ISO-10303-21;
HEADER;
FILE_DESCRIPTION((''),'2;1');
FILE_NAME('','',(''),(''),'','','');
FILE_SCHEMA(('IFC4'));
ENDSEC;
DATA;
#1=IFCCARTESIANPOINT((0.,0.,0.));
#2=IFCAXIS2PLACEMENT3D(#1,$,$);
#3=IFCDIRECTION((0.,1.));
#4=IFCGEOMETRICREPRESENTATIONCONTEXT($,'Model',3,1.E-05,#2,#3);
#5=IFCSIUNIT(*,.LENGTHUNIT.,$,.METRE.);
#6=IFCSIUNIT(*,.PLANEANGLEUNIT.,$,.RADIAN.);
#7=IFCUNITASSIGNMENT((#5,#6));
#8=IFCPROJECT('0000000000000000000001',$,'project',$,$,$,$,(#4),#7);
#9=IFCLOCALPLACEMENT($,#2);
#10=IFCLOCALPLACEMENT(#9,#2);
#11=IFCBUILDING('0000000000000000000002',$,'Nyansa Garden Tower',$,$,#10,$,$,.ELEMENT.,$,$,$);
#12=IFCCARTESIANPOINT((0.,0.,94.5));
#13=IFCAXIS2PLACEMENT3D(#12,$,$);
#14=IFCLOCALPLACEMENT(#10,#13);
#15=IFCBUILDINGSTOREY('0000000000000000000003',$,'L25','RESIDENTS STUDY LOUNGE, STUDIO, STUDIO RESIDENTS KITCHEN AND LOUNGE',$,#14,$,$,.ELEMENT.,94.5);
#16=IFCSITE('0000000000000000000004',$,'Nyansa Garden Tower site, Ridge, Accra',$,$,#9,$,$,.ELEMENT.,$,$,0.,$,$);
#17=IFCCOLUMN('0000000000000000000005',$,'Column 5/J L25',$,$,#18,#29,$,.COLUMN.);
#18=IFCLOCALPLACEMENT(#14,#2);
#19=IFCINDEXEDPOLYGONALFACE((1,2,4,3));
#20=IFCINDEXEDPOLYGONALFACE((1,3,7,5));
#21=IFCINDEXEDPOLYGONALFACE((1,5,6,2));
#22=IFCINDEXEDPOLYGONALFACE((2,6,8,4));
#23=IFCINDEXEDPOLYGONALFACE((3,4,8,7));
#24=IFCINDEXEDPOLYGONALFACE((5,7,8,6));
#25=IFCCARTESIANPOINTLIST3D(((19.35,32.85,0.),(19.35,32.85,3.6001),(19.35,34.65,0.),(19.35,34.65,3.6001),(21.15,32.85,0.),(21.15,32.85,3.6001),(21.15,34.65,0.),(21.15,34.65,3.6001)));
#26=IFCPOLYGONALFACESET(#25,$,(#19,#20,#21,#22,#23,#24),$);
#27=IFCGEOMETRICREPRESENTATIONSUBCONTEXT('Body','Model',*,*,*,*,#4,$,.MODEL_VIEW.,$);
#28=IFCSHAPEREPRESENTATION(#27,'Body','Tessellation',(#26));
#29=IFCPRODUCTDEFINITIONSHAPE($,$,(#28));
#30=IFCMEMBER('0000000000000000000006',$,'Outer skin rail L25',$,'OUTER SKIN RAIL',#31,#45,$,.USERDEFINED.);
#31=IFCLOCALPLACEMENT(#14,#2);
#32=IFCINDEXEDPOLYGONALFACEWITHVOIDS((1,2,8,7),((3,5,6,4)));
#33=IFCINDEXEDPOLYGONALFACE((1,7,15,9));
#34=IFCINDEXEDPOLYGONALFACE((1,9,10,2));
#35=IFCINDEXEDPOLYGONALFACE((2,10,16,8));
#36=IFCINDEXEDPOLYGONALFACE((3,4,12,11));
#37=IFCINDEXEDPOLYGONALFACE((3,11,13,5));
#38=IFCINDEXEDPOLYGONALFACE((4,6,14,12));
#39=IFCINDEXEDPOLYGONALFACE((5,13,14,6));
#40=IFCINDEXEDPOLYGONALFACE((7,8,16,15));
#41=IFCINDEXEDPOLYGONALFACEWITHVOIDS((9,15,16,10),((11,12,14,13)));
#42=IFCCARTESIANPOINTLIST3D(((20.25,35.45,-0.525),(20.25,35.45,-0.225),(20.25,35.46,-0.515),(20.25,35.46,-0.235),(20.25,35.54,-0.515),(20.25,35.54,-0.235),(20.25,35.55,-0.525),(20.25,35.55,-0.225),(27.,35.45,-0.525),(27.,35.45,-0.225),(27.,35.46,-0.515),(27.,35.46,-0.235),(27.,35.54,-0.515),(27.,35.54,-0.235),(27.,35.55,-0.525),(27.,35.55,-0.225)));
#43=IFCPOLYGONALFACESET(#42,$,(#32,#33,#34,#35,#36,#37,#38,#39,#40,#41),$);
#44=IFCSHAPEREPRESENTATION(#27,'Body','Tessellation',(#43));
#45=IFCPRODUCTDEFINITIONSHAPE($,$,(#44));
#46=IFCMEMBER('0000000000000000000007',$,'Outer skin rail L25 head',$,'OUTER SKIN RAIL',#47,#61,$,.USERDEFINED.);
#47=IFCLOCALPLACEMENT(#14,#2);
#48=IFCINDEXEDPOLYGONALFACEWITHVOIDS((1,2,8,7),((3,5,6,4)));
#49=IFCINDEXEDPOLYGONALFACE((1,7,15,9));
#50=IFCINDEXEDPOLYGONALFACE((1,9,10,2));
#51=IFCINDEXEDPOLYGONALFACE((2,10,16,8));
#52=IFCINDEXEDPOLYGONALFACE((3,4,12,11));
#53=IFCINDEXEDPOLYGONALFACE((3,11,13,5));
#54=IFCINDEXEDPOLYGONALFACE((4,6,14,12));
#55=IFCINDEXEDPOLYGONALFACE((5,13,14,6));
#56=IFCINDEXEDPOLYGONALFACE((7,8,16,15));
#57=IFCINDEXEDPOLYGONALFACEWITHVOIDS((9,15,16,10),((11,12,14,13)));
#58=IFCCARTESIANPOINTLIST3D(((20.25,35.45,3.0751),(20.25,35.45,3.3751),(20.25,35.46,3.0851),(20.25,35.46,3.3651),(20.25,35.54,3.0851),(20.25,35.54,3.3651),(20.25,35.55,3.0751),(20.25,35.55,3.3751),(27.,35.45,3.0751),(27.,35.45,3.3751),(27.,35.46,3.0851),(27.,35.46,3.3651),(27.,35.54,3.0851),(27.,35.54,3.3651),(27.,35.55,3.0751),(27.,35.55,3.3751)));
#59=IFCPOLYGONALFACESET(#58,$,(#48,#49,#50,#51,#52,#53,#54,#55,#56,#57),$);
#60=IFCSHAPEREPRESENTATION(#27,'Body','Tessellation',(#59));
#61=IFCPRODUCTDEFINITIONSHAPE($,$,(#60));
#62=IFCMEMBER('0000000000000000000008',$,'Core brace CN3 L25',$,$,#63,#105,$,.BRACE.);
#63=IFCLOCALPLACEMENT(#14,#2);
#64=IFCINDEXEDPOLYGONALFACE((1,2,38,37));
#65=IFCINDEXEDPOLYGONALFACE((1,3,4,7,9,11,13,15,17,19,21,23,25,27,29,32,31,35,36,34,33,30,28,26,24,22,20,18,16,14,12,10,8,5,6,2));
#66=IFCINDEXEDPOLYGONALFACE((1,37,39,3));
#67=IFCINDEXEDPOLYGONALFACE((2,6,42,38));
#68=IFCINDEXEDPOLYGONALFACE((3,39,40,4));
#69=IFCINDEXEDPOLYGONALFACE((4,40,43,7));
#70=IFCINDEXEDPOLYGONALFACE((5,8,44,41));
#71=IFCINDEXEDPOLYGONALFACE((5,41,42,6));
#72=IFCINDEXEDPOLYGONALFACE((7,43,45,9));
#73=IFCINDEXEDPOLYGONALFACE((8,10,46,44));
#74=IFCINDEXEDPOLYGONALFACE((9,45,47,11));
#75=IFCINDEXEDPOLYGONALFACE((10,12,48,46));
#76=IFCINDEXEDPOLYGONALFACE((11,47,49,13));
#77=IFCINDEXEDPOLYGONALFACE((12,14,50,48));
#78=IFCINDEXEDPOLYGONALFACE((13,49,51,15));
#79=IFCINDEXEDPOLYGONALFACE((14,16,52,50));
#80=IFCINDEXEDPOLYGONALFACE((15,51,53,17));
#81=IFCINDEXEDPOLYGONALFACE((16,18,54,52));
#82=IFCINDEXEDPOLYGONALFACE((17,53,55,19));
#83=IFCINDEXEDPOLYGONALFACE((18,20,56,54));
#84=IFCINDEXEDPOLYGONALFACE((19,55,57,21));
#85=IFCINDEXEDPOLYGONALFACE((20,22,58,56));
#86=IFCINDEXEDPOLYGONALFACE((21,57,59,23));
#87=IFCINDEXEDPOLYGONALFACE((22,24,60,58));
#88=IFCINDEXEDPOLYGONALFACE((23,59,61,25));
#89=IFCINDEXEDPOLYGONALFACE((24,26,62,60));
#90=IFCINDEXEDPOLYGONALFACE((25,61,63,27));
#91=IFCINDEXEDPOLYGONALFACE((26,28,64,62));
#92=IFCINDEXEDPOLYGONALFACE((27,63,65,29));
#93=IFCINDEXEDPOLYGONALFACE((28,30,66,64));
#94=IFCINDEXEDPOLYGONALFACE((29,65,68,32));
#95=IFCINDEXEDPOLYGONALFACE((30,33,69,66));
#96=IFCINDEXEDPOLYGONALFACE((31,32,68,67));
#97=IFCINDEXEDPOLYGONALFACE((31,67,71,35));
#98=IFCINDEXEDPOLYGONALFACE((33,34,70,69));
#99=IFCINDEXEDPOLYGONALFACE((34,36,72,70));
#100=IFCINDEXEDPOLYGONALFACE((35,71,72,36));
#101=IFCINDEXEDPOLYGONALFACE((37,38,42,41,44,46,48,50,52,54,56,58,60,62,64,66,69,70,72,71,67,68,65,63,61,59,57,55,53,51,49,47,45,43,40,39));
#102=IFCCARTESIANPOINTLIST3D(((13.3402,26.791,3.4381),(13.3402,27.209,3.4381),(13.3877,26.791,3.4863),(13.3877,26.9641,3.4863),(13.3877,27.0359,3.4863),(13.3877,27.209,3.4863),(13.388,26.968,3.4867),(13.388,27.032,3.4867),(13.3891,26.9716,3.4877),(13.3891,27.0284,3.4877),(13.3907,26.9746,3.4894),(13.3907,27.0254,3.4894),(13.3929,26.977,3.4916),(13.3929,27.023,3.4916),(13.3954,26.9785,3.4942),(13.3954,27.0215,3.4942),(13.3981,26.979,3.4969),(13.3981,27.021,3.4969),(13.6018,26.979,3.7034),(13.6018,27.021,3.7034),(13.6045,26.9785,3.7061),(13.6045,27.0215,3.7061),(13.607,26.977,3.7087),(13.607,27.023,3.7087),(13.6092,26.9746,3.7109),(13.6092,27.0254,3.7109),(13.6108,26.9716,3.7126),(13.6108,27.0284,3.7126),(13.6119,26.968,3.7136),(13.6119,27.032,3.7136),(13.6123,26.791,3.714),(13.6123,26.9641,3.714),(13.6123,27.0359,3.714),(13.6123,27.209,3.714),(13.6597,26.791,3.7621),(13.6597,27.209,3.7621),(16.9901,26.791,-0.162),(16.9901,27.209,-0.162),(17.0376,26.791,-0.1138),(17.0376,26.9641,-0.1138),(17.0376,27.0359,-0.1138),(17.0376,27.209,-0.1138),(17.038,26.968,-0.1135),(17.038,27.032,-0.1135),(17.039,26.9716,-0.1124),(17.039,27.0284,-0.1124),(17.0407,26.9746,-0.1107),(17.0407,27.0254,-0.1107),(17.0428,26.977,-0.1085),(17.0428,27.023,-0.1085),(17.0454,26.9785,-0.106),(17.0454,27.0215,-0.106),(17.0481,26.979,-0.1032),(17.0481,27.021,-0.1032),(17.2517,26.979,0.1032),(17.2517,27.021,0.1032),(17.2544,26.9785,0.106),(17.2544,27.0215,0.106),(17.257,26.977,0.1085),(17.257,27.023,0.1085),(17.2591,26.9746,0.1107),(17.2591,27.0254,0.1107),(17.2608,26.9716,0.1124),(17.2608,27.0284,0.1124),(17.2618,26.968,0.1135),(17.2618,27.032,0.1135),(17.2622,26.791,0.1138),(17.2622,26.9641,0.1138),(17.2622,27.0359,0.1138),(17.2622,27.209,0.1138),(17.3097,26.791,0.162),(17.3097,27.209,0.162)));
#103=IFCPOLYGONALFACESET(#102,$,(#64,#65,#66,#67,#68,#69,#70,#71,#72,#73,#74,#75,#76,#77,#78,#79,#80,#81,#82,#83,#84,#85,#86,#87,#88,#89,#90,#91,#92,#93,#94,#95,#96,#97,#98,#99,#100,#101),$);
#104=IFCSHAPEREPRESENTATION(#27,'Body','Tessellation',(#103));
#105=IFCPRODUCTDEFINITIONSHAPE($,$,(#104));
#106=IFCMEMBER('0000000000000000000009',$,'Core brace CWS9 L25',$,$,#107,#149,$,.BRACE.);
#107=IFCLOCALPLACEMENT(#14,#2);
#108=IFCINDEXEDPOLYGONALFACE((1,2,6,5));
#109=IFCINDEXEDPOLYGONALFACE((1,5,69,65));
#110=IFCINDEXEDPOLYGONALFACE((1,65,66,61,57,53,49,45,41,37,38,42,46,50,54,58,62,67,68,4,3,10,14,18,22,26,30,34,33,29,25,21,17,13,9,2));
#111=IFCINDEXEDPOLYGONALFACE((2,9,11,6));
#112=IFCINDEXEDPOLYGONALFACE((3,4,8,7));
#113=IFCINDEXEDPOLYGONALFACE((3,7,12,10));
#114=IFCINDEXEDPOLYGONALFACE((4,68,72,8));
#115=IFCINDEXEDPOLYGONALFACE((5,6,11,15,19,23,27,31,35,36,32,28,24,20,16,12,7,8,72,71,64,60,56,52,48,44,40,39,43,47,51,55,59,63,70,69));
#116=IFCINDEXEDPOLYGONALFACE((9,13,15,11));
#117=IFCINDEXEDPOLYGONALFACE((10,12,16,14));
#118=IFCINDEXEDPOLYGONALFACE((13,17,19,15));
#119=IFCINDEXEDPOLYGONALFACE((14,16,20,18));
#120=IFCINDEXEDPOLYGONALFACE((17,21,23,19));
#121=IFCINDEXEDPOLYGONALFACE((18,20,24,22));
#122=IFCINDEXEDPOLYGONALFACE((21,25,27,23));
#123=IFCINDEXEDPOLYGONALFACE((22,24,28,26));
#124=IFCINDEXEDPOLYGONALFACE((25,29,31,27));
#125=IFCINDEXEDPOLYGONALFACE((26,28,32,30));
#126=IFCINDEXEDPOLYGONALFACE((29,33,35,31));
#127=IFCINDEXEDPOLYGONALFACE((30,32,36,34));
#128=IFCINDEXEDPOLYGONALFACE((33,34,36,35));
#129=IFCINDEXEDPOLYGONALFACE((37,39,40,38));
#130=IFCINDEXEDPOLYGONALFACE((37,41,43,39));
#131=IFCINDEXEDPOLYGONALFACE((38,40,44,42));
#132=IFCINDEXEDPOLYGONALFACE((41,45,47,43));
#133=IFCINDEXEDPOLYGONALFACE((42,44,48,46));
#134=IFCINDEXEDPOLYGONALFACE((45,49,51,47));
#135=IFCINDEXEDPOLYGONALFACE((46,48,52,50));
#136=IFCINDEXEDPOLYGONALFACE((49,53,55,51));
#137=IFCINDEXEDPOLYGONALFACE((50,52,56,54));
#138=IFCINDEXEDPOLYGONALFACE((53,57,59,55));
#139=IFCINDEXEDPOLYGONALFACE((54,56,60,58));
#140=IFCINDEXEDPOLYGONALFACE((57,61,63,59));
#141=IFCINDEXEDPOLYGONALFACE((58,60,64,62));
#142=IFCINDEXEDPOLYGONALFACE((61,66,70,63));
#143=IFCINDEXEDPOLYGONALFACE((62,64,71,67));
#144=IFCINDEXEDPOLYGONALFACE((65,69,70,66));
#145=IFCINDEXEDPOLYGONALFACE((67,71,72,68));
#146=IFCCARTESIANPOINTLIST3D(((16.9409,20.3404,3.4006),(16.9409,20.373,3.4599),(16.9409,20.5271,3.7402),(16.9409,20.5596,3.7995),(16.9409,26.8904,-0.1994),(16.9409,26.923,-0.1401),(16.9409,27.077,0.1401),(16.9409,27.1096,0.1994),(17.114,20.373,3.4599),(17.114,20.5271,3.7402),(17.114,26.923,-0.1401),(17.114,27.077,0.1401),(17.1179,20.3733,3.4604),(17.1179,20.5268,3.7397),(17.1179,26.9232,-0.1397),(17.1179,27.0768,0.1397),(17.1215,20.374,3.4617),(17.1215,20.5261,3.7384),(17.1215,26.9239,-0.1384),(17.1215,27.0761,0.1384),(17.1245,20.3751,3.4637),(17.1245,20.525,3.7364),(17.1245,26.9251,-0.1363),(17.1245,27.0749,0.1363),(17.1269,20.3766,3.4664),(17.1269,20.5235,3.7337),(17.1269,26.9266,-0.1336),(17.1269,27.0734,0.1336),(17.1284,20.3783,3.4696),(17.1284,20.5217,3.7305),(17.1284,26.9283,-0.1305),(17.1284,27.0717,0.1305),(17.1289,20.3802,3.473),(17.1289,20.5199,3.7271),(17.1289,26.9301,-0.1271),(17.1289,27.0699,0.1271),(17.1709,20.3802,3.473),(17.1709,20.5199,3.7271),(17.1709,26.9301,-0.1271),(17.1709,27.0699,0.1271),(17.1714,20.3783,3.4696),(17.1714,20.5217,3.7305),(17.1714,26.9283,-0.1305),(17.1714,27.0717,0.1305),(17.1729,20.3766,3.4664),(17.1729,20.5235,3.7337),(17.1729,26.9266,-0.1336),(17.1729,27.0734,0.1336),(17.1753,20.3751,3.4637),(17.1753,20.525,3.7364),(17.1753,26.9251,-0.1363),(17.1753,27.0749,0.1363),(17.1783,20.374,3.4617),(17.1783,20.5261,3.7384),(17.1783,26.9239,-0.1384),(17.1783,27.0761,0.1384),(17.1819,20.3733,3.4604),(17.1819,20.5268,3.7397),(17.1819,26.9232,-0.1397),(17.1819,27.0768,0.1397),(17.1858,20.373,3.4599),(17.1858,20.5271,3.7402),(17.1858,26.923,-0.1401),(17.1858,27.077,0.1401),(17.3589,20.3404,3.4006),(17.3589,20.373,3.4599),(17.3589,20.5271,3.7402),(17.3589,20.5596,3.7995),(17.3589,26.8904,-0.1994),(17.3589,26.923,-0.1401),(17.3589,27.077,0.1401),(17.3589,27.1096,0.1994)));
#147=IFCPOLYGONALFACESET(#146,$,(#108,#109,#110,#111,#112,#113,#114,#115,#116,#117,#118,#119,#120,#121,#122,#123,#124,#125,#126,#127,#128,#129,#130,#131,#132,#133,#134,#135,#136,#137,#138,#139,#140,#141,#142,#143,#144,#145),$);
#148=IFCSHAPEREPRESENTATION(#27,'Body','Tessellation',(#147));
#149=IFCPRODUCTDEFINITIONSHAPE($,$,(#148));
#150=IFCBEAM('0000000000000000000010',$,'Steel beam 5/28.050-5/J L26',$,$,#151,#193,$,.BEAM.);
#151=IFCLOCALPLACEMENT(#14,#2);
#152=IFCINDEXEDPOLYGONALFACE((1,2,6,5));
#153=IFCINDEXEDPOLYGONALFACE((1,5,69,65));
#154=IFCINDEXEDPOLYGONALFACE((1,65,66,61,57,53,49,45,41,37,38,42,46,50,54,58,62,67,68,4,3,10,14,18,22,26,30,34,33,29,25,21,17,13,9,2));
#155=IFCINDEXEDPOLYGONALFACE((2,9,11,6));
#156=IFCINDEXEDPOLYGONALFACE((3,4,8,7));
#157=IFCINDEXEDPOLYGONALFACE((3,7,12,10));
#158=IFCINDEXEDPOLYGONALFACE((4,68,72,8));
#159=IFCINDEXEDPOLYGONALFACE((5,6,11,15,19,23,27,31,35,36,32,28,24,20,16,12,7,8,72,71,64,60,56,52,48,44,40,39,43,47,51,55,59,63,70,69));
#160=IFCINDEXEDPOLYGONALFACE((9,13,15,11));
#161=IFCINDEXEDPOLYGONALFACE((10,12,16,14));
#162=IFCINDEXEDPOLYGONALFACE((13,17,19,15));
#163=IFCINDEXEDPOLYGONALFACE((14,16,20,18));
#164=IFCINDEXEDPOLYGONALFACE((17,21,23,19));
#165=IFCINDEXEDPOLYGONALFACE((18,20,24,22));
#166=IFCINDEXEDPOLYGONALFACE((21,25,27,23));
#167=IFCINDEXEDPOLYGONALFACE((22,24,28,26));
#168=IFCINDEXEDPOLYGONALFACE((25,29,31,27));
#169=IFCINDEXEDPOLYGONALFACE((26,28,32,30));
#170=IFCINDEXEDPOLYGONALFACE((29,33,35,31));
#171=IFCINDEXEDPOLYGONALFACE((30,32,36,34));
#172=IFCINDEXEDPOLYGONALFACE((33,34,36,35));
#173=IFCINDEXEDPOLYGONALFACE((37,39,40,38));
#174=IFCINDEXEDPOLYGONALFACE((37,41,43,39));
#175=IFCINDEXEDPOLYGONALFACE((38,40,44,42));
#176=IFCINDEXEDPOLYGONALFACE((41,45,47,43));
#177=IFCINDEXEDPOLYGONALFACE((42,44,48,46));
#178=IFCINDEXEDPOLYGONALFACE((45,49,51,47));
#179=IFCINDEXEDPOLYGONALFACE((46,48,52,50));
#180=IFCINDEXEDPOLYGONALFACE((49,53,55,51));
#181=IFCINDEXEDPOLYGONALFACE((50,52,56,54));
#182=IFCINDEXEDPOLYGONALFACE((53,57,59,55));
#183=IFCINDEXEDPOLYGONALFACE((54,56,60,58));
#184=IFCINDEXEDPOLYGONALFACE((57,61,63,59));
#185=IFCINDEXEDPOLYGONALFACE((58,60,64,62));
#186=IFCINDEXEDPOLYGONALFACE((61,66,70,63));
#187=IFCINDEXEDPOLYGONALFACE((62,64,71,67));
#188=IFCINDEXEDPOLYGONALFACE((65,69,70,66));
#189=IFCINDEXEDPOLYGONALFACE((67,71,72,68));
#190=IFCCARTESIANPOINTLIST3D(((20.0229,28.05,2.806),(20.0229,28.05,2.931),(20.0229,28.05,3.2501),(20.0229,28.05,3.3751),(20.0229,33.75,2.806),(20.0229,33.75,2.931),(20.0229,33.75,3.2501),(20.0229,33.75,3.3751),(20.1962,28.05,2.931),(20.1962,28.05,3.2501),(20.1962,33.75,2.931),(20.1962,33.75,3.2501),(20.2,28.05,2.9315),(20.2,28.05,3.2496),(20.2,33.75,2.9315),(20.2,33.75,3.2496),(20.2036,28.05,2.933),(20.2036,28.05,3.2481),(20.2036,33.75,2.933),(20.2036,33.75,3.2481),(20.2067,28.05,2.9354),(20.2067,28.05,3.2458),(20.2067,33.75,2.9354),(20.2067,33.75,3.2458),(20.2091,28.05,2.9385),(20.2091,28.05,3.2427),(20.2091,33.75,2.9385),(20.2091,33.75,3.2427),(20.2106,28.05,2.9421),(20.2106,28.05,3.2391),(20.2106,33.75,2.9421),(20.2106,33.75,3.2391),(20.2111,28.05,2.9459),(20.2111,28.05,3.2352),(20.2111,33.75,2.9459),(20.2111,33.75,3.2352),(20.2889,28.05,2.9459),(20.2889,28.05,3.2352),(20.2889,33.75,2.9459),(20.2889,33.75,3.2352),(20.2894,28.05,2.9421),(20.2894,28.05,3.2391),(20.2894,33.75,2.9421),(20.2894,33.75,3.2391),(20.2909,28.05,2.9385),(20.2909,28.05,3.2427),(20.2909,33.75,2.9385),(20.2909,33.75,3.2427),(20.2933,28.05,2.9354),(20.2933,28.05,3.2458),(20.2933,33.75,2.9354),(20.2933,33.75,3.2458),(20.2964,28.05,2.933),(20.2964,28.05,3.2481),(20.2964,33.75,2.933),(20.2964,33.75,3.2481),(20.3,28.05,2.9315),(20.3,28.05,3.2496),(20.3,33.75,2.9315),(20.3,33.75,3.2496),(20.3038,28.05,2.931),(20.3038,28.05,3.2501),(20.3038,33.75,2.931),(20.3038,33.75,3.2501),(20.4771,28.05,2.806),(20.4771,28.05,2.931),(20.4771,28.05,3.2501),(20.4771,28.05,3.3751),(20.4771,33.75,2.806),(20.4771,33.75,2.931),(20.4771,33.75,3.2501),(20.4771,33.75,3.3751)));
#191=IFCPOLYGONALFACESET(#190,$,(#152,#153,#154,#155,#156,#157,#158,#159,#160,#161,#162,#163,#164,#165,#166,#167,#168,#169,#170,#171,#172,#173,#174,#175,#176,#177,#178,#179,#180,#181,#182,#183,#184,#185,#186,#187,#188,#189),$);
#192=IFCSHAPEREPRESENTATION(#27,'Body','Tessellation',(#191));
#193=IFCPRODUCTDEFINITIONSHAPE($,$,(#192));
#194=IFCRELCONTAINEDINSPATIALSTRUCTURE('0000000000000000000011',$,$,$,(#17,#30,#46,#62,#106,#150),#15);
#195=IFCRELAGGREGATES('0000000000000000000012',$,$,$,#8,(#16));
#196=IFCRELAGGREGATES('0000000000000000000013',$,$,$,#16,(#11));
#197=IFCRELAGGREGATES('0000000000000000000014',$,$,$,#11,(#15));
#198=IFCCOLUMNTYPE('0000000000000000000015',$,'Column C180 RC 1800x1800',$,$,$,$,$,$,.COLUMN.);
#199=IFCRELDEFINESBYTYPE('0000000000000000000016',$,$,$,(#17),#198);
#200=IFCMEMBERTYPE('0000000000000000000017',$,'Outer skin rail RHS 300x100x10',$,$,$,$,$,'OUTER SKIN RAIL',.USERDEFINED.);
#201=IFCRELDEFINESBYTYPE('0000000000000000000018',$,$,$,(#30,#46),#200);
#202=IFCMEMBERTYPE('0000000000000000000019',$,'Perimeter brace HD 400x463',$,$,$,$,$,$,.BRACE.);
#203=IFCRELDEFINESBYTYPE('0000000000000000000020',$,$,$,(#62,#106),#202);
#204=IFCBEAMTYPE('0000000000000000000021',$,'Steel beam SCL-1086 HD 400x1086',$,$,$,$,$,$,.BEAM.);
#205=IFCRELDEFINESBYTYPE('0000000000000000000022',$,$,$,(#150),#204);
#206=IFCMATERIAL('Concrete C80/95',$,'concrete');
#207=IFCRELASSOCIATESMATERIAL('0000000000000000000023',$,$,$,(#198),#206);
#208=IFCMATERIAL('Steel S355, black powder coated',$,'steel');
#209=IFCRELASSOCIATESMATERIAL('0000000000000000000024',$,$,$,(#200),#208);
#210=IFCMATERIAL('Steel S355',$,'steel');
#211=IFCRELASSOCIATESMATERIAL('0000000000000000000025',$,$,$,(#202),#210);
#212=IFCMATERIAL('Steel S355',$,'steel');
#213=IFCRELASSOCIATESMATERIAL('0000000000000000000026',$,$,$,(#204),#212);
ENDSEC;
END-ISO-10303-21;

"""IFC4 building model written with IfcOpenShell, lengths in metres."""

from ifc_helpers import new_model, si_unit, direction, frame, origin, origin_2d, place, context, subcontext, project, spatial, rectangle, hollow_rectangle, i_section, extrude, material, material_profile, profile_set, type_object, element, save


model = new_model("IFC4")

# Units and contexts
model_context = context("Model", 3, precision=1e-05, world=origin(), true_north=direction((0.0, 1.0)))
body_context = subcontext(model_context, "Body", "Model", "MODEL_VIEW")
ifc_project = project(units=[si_unit("LENGTHUNIT", "METRE"), si_unit("PLANEANGLEUNIT", "RADIAN")], contexts=[model_context])

# Site, building, storey
site_placement = place(None, origin())
site = spatial("IfcSite", under=ifc_project, at=site_placement, Name="Nyansa Garden Tower site, Ridge, Accra", CompositionType="ELEMENT", RefElevation=0.0)
building_placement = place(site_placement, origin())
building = spatial("IfcBuilding", under=site, at=building_placement, Name="Nyansa Garden Tower", CompositionType="ELEMENT")
storey_placement = place(building_placement, frame((0.0, 0.0, 94.5)))
storey = spatial("IfcBuildingStorey", under=building, at=storey_placement, Name="L25", Description="RESIDENTS STUDY LOUNGE, STUDIO, STUDIO RESIDENTS KITCHEN AND LOUNGE", CompositionType="ELEMENT", Elevation=94.5)

# Column
ifc_material_1 = material(Name="Concrete C80/95", Category="concrete")
ifc_material_profile_1 = material_profile(ifc_material_1, rectangle(XDim=1.8, YDim=1.8, at=origin_2d()), Name="RC 1800x1800")
ifc_profile_set_1 = profile_set([ifc_material_profile_1], Name="Concrete C80/95")
column_type = type_object("IfcColumnType", Name="Column C180 RC 1800x1800", PredefinedType="COLUMN", material=ifc_profile_set_1)
column_placement = place(storey_placement, frame((20.25, 33.75, 0.0), z_axis=(0.0, 0.0, 1.0), x_axis=(1.0, 0.0, 0.0)))
element("IfcColumn", 1, at=column_placement, inside=storey, type_object=column_type, Name="Column 5/J L25", PredefinedType="COLUMN", context=body_context, shape_type="SweptSolid", body=[
    extrude(rectangle(XDim=1.8, YDim=1.8, at=origin_2d()), origin(), (0.0, 0.0, 1.0), 3.6001),
])

# Members
ifc_material_2 = material(Name="Steel S355, black powder coated", Category="steel")
ifc_material_profile_2 = material_profile(ifc_material_2, hollow_rectangle(XDim=0.1001, YDim=0.3, WallThickness=0.01, at=origin_2d()), Name="RHS 300x100x10")
ifc_profile_set_2 = profile_set([ifc_material_profile_2], Name="Steel S355, black powder coated")
member_type_1 = type_object("IfcMemberType", Name="Outer skin rail RHS 300x100x10", ElementType="OUTER SKIN RAIL", PredefinedType="USERDEFINED", material=ifc_profile_set_2)
for number, where, z_axis, x_axis, name in (
    (2, (20.25, 35.5, -0.375), (1.0, 0.0, 0.0), (0.0, 1.0, 0.0), "Outer skin rail L25"),
    (3, (20.25, 35.5, 3.2251), (1.0, 0.0, 0.0), (0.0, 1.0, 0.0), "Outer skin rail L25 head"),
):
    element("IfcMember", number, at=place(storey_placement, frame(where, z_axis=z_axis, x_axis=x_axis)), inside=storey, type_object=member_type_1, Name=name, ObjectType="OUTER SKIN RAIL", PredefinedType="USERDEFINED", context=body_context, shape_type="SweptSolid", body=[
        extrude(hollow_rectangle(XDim=0.1001, YDim=0.3, WallThickness=0.01, at=origin_2d()), origin(), (0.0, 0.0, 1.0), 6.75),
    ])
ifc_material_3 = material(Name="Steel S355", Category="steel")
ifc_material_profile_3 = material_profile(ifc_material_3, i_section(OverallWidth=0.418, OverallDepth=0.4551, WebThickness=0.042, FlangeThickness=0.0676, FilletRadius=0.0149, at=origin_2d()), Name="HD 400x463")
ifc_profile_set_3 = profile_set([ifc_material_profile_3], Name="Steel S355")
member_type_2 = type_object("IfcMemberType", Name="Perimeter brace HD 400x463", PredefinedType="BRACE", material=ifc_profile_set_3)
member_1_placement = place(storey_placement, frame((17.1499, 27.0, 0.0), z_axis=(-0.711948, 0.0, 0.702233), x_axis=(0.0, -1.0, 0.0)))
element("IfcMember", 4, at=member_1_placement, inside=storey, type_object=member_type_2, Name="Core brace CN3 L25", PredefinedType="BRACE", context=body_context, shape_type="SweptSolid", body=[
    extrude(i_section(OverallWidth=0.418, OverallDepth=0.4551, WebThickness=0.042, FlangeThickness=0.0676, FilletRadius=0.0149, at=origin_2d()), origin(), (0.0, 0.0, 1.0), 5.1267),
])
member_2_placement = place(storey_placement, frame((17.1499, 27.0, 0.0), z_axis=(0.0, -0.876353, 0.481669), x_axis=(1.0, 0.0, 0.0)))
element("IfcMember", 5, at=member_2_placement, inside=storey, type_object=member_type_2, Name="Core brace CWS9 L25", PredefinedType="BRACE", context=body_context, shape_type="SweptSolid", body=[
    extrude(i_section(OverallWidth=0.418, OverallDepth=0.4551, WebThickness=0.042, FlangeThickness=0.0676, FilletRadius=0.0149, at=origin_2d()), origin(), (0.0, 0.0, 1.0), 7.4741),
])

# Beam
ifc_material_4 = material(Name="Steel S355", Category="steel")
ifc_material_profile_4 = material_profile(ifc_material_4, i_section(OverallWidth=0.4541, OverallDepth=0.5691, WebThickness=0.0779, FlangeThickness=0.125, FilletRadius=0.0149, at=origin_2d()), Name="HD 400x1086")
ifc_profile_set_4 = profile_set([ifc_material_profile_4], Name="Steel S355")
beam_type_1 = type_object("IfcBeamType", Name="Steel beam SCL-1086 HD 400x1086", PredefinedType="BEAM", material=ifc_profile_set_4)
beam_1_placement = place(storey_placement, frame((20.25, 28.05, 3.0906), z_axis=(0.0, 1.0, 0.0), x_axis=(-1.0, 0.0, 0.0)))
element("IfcBeam", 6, at=beam_1_placement, inside=storey, type_object=beam_type_1, Name="Steel beam 5/28.050-5/J L26", PredefinedType="BEAM", context=body_context, shape_type="SweptSolid", body=[
    extrude(i_section(OverallWidth=0.4541, OverallDepth=0.5691, WebThickness=0.0779, FlangeThickness=0.125, FilletRadius=0.0149, at=origin_2d()), origin(), (0.0, 0.0, 1.0), 5.7),
])

save(model, "model.ifc")
